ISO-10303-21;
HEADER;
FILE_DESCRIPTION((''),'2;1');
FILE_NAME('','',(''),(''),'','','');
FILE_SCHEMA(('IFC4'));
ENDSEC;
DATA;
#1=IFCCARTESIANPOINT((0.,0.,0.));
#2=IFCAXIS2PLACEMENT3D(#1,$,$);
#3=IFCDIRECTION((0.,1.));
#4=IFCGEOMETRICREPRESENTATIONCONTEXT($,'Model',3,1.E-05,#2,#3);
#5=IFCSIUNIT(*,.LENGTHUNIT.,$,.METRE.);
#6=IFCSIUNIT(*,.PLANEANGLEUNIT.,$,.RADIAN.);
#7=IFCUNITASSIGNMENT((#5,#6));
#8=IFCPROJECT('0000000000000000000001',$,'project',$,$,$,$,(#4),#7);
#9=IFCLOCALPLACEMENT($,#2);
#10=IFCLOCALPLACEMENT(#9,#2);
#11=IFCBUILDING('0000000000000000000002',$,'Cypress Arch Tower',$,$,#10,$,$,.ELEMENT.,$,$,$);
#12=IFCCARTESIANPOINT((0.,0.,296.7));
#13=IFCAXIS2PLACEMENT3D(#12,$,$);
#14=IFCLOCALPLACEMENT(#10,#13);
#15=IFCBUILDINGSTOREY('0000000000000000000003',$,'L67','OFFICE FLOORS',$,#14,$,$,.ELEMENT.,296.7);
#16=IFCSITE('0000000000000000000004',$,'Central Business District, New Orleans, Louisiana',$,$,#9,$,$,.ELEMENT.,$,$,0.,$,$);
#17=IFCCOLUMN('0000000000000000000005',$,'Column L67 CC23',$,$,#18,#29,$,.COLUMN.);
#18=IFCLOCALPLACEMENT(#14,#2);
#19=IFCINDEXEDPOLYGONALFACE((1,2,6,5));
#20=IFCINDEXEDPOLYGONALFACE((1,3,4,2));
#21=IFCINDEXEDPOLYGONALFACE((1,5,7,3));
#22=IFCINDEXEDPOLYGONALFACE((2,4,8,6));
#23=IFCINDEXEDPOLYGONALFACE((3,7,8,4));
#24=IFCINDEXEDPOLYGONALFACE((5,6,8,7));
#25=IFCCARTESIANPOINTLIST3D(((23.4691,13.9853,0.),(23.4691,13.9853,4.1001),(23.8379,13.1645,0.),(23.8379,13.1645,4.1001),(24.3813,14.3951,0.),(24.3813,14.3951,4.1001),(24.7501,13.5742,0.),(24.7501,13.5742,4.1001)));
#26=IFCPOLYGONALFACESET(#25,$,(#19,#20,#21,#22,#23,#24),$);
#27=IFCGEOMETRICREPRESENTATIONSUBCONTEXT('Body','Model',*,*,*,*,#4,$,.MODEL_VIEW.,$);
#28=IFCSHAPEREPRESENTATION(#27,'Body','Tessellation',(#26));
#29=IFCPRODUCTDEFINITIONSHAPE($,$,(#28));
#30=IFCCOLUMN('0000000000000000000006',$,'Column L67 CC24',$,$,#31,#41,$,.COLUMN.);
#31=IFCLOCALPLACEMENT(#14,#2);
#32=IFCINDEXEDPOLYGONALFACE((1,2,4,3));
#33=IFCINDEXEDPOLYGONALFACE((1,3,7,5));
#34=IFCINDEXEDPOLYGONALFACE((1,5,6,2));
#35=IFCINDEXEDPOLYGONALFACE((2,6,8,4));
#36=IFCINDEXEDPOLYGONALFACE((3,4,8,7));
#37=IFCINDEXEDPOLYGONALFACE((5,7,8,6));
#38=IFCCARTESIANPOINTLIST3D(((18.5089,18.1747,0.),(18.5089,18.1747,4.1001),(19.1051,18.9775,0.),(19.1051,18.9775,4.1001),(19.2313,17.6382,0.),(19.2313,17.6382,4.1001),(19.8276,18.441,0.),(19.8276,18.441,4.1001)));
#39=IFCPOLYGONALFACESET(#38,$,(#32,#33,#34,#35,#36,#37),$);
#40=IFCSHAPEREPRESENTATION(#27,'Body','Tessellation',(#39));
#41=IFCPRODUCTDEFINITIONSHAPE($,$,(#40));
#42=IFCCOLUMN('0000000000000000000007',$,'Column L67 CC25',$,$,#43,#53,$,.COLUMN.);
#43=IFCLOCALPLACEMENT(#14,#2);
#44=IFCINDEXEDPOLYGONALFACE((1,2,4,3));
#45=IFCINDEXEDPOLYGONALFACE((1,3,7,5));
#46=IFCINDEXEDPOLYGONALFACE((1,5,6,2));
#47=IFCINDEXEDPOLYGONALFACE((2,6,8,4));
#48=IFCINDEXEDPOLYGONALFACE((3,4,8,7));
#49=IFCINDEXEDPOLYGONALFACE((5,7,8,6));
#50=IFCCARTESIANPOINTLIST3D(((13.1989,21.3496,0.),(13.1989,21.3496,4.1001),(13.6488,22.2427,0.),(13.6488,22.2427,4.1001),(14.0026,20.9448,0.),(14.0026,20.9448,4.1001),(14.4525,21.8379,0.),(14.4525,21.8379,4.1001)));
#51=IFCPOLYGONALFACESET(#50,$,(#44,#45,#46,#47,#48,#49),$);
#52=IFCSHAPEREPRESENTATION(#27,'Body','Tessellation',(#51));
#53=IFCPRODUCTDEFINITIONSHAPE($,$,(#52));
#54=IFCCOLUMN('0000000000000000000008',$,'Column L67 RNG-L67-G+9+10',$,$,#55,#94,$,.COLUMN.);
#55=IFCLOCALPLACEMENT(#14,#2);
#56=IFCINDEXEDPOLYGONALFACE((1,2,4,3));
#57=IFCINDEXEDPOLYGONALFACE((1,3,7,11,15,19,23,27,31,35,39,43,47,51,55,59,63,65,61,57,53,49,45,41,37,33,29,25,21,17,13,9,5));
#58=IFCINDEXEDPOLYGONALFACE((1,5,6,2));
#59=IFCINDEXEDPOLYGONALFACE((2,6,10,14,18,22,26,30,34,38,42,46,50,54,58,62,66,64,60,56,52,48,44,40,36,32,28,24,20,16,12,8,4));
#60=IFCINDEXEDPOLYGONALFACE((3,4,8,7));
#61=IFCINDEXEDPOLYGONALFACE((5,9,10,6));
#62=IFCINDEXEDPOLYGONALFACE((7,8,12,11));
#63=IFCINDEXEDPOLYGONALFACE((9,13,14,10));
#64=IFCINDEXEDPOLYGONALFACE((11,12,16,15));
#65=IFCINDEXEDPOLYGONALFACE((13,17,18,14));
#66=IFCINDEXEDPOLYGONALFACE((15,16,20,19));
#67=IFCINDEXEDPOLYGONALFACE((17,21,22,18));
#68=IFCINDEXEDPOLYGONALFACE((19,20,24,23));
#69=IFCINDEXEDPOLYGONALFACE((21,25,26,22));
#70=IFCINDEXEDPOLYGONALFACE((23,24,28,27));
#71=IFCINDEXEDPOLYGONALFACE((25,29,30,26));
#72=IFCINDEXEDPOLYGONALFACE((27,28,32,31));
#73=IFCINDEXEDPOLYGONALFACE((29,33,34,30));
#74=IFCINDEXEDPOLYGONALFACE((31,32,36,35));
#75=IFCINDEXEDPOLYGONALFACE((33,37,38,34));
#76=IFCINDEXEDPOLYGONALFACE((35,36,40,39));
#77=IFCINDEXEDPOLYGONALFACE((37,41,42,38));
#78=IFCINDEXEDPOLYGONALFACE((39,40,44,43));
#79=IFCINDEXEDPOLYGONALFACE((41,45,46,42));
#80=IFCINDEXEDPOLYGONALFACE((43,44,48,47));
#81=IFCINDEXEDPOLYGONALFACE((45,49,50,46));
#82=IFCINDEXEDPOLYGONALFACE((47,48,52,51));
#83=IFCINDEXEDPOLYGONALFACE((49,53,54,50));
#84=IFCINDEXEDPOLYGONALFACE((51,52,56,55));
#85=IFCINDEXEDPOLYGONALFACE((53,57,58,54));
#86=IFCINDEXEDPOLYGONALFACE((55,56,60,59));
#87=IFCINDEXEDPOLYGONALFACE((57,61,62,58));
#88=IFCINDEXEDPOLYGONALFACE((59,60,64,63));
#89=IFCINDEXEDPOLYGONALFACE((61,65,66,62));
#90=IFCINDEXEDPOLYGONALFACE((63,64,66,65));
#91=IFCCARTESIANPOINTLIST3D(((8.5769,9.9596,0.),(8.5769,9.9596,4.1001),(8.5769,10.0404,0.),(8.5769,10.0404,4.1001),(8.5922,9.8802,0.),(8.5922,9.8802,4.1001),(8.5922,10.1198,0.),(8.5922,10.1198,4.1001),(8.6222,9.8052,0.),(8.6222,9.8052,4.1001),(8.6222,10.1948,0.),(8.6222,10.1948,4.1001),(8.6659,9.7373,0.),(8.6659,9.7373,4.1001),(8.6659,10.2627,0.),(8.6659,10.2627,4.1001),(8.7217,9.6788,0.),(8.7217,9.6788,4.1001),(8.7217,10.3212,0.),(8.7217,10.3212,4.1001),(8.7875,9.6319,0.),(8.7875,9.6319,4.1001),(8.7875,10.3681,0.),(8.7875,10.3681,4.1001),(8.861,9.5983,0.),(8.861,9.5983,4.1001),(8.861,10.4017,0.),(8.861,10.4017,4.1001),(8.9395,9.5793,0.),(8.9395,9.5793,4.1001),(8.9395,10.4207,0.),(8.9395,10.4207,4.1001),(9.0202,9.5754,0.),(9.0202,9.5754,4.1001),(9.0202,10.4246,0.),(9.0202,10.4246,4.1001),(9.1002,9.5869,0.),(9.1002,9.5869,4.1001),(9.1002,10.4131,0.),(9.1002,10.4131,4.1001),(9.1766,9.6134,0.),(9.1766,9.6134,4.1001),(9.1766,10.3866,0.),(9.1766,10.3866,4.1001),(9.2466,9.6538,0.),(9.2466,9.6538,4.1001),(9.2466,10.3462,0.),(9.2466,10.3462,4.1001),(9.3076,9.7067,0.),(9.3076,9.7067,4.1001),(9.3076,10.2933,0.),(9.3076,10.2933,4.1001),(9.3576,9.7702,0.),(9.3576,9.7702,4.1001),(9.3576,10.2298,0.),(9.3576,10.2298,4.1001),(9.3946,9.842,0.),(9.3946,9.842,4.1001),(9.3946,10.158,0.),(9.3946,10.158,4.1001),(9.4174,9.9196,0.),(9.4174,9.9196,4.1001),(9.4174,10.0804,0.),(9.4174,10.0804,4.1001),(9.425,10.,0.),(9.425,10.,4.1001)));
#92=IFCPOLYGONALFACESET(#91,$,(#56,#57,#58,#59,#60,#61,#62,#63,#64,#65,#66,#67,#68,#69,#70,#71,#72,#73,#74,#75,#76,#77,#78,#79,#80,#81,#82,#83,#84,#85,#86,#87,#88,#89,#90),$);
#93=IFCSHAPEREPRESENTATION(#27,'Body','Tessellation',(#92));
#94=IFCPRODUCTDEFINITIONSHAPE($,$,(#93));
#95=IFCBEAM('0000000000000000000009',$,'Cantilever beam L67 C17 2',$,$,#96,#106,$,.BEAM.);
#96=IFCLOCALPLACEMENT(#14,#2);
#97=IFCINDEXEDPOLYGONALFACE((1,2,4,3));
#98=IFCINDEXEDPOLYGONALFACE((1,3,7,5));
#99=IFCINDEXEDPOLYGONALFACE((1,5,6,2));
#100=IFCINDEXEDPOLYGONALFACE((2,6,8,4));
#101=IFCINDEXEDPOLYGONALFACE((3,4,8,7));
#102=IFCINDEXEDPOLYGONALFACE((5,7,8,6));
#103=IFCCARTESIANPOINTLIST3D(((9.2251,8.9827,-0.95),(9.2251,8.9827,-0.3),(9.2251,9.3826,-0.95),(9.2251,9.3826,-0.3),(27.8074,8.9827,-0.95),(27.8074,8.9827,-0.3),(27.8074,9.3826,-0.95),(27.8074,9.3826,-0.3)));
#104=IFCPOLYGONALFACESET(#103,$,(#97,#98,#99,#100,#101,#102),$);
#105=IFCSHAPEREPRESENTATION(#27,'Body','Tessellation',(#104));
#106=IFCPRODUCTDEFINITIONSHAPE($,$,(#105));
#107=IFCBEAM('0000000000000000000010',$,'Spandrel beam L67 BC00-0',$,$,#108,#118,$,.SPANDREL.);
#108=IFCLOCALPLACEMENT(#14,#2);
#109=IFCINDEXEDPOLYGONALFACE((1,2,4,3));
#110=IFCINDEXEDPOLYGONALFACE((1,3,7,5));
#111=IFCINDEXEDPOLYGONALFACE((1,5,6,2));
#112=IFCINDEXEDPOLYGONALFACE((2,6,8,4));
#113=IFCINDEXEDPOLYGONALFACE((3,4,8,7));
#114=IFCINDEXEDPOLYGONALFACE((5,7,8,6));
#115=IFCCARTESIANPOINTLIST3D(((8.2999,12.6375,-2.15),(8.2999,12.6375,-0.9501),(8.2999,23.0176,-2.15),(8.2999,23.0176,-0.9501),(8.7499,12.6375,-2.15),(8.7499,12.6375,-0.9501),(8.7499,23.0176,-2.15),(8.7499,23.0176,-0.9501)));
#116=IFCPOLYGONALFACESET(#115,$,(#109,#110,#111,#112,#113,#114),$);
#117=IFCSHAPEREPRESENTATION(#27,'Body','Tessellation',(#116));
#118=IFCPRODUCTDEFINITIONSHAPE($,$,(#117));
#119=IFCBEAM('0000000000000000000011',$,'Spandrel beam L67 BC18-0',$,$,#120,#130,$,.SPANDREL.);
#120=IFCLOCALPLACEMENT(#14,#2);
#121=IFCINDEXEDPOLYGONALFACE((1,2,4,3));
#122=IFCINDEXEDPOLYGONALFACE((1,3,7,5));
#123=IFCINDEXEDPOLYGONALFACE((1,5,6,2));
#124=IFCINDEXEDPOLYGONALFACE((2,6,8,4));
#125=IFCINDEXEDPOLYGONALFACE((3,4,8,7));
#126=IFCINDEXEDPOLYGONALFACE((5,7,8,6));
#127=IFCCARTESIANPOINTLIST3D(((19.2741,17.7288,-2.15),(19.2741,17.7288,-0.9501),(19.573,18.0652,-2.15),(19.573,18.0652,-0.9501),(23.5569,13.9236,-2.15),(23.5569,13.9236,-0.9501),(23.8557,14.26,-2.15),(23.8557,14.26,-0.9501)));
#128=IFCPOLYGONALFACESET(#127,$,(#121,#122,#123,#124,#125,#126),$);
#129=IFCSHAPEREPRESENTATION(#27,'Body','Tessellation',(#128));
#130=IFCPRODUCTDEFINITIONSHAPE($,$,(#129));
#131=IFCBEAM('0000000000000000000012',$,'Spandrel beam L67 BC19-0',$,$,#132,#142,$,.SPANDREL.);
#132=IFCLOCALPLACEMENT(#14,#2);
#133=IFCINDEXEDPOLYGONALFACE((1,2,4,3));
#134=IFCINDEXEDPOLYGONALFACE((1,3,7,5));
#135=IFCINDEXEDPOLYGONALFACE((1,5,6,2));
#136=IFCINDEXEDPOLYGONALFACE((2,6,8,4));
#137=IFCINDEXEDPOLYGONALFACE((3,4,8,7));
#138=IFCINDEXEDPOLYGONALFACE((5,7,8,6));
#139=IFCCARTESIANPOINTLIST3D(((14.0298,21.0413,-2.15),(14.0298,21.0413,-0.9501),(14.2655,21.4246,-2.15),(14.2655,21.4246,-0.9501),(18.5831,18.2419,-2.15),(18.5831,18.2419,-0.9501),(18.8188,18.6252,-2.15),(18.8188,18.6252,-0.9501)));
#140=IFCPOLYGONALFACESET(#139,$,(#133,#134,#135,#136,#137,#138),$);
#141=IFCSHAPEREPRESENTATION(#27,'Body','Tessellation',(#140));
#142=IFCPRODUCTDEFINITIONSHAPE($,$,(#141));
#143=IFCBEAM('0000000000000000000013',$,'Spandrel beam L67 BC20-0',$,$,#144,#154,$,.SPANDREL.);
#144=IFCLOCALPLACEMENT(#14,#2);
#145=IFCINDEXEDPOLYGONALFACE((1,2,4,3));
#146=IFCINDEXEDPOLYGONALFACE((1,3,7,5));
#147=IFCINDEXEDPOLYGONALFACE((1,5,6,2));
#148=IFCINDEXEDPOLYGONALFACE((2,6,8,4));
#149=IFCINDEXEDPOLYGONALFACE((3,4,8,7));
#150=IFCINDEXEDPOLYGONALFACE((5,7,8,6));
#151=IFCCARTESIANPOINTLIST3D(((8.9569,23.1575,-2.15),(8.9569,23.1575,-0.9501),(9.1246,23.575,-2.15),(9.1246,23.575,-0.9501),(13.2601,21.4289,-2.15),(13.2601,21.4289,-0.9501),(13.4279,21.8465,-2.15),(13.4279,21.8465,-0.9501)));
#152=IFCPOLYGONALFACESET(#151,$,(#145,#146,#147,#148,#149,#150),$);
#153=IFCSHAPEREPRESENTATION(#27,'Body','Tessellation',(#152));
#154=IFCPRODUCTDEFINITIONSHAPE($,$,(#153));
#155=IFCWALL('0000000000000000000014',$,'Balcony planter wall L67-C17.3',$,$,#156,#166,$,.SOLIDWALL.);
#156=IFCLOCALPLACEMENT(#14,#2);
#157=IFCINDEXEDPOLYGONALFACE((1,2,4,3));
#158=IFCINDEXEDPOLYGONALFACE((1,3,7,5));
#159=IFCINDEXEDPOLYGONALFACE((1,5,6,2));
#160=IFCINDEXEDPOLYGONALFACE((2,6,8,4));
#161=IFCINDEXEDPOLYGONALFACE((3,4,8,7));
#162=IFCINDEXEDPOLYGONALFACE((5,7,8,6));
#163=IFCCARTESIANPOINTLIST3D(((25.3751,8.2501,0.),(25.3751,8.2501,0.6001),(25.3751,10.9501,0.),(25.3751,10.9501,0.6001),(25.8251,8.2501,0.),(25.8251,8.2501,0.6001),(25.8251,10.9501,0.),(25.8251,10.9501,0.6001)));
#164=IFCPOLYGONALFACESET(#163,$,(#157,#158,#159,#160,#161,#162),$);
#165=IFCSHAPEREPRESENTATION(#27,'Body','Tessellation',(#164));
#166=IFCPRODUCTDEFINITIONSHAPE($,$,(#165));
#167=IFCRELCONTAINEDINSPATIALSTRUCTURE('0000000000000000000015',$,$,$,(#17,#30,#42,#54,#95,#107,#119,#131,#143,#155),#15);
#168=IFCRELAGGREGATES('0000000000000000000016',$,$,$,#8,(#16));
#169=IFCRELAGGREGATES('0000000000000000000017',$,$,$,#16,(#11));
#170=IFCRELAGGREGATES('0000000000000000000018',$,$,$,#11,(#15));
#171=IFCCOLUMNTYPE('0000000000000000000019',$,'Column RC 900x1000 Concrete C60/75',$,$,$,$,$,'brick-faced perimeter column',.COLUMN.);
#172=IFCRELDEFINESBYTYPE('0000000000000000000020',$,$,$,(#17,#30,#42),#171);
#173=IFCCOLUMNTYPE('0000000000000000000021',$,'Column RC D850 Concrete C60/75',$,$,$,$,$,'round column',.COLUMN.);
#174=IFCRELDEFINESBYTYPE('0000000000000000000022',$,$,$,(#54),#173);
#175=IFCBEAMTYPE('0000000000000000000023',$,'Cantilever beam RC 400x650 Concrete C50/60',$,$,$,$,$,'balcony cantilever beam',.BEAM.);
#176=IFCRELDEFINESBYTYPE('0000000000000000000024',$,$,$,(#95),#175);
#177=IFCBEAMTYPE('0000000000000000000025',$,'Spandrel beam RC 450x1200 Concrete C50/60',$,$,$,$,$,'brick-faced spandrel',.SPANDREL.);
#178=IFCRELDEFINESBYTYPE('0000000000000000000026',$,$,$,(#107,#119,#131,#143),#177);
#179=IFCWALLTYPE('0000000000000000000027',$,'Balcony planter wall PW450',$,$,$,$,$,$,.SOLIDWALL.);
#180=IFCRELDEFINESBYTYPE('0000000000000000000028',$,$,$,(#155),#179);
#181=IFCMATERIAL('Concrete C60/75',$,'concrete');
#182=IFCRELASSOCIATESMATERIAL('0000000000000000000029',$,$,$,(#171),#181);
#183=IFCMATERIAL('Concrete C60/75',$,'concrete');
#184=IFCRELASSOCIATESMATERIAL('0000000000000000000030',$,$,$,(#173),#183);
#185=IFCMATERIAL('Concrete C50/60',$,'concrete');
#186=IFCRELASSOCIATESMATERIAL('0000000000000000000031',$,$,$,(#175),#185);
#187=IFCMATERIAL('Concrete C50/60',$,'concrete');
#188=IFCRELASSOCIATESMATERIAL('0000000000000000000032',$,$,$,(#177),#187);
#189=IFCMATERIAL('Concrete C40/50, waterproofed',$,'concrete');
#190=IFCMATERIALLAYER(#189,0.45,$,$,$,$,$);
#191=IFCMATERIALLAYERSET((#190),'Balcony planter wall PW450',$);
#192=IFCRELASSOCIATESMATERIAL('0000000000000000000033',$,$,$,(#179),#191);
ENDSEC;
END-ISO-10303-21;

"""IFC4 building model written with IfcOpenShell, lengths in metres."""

from ifc_helpers import new_model, si_unit, direction, frame, frame_2d, origin, origin_2d, place, context, subcontext, project, spatial, rectangle, circle, extrude, material, layer, layer_set, material_profile, profile_set, type_object, element, save


model = new_model("IFC4")

# Units and contexts
model_context = context("Model", 3, precision=1e-05, world=origin(), true_north=direction((0.0, 1.0)))
body_context = subcontext(model_context, "Body", "Model", "MODEL_VIEW")
ifc_project = project(units=[si_unit("LENGTHUNIT", "METRE"), si_unit("PLANEANGLEUNIT", "RADIAN")], contexts=[model_context])

# Site, building, storey
site_placement = place(None, origin())
site = spatial("IfcSite", under=ifc_project, at=site_placement, Name="Central Business District, New Orleans, Louisiana", CompositionType="ELEMENT", RefElevation=0.0)
building_placement = place(site_placement, origin())
building = spatial("IfcBuilding", under=site, at=building_placement, Name="Cypress Arch Tower", CompositionType="ELEMENT")
storey_placement = place(building_placement, frame((0.0, 0.0, 296.7)))
storey = spatial("IfcBuildingStorey", under=building, at=storey_placement, Name="L67", Description="OFFICE FLOORS", CompositionType="ELEMENT", Elevation=296.7)

# Columns
ifc_material_1 = material(Name="Concrete C60/75", Category="concrete")
ifc_material_profile_1 = material_profile(ifc_material_1, rectangle(XDim=0.8999, YDim=1.0, at=origin_2d()), Name="RC 900x1000")
ifc_profile_set_1 = profile_set([ifc_material_profile_1], Name="Concrete C60/75")
column_type_1 = type_object("IfcColumnType", Name="Column RC 900x1000 Concrete C60/75", ElementType="brick-faced perimeter column", PredefinedType="COLUMN", material=ifc_profile_set_1)
for number, where, z_axis, x_axis, name in (
    (1, (24.1096, 13.7798, 0.0), (0.0, 0.0, 1.0), (-0.409765, 0.912191, 0.0), "Column L67 CC23"),
    (2, (19.1682, 18.3079, 0.0), (0.0, 0.0, 1.0), (-0.802799, 0.59625, 0.0), "Column L67 CC24"),
    (3, (13.8257, 21.5938, 0.0), (0.0, 0.0, 1.0), (-0.893106, 0.449845, 0.0), "Column L67 CC25"),
):
    element("IfcColumn", number, at=place(storey_placement, frame(where, z_axis=z_axis, x_axis=x_axis)), inside=storey, type_object=column_type_1, Name=name, PredefinedType="COLUMN", context=body_context, shape_type="SweptSolid", body=[
        extrude(rectangle(XDim=0.8999, YDim=1.0, at=origin_2d()), origin(), (0.0, 0.0, 1.0), 4.1001),
    ])
ifc_material_2 = material(Name="Concrete C60/75", Category="concrete")
ifc_material_profile_2 = material_profile(ifc_material_2, circle(Radius=0.425, at=origin_2d()), Name="RC D850")
ifc_profile_set_2 = profile_set([ifc_material_profile_2], Name="Concrete C60/75")
column_type_2 = type_object("IfcColumnType", Name="Column RC D850 Concrete C60/75", ElementType="round column", PredefinedType="COLUMN", material=ifc_profile_set_2)
column_placement = place(storey_placement, frame((9.0, 10.0, 0.0), z_axis=(0.0, 0.0, 1.0), x_axis=(1.0, 0.0, 0.0)))
element("IfcColumn", 4, at=column_placement, inside=storey, type_object=column_type_2, Name="Column L67 RNG-L67-G+9+10", PredefinedType="COLUMN", context=body_context, shape_type="SweptSolid", body=[
    extrude(circle(Radius=0.425, at=origin_2d()), origin(), (0.0, 0.0, 1.0), 4.1001),
])

# Beams
ifc_material_3 = material(Name="Concrete C50/60", Category="concrete")
ifc_material_profile_3 = material_profile(ifc_material_3, rectangle(XDim=0.3999, YDim=0.6499, at=origin_2d()), Name="RC 400x650")
ifc_profile_set_3 = profile_set([ifc_material_profile_3], Name="Concrete C50/60")
beam_type_1 = type_object("IfcBeamType", Name="Cantilever beam RC 400x650 Concrete C50/60", ElementType="balcony cantilever beam", PredefinedType="BEAM", material=ifc_profile_set_3)
beam_1_placement = place(storey_placement, frame((9.2251, 9.1826, -0.625), z_axis=(1.0, 0.0, 0.0), x_axis=(0.0, 1.0, 0.0)))
element("IfcBeam", 5, at=beam_1_placement, inside=storey, type_object=beam_type_1, Name="Cantilever beam L67 C17 2", PredefinedType="BEAM", context=body_context, shape_type="SweptSolid", body=[
    extrude(rectangle(XDim=0.3999, YDim=0.6499, at=origin_2d()), origin(), (0.0, 0.0, 1.0), 18.5823),
])
ifc_material_4 = material(Name="Concrete C50/60", Category="concrete")
ifc_material_profile_4 = material_profile(ifc_material_4, rectangle(XDim=0.45, YDim=1.2, at=origin_2d()), Name="RC 450x1200")
ifc_profile_set_4 = profile_set([ifc_material_profile_4], Name="Concrete C50/60")
beam_type_2 = type_object("IfcBeamType", Name="Spandrel beam RC 450x1200 Concrete C50/60", ElementType="brick-faced spandrel", PredefinedType="SPANDREL", material=ifc_profile_set_4)
beam_2_placement = place(storey_placement, frame((8.5249, 23.0176, -1.55), z_axis=(0.0, -1.0, 0.0), x_axis=(1.0, 0.0, 0.0)))
element("IfcBeam", 6, at=beam_2_placement, inside=storey, type_object=beam_type_2, Name="Spandrel beam L67 BC00-0", PredefinedType="SPANDREL", context=body_context, shape_type="SweptSolid", body=[
    extrude(rectangle(XDim=0.45, YDim=1.2, at=origin_2d()), origin(), (0.0, 0.0, 1.0), 10.3801),
])
beam_3_placement = place(storey_placement, frame((23.7063, 14.0918, -1.55), z_axis=(-0.747555, 0.6642, 0.0), x_axis=(-0.6642, -0.747555, 0.0)))
element("IfcBeam", 7, at=beam_3_placement, inside=storey, type_object=beam_type_2, Name="Spandrel beam L67 BC18-0", PredefinedType="SPANDREL", context=body_context, shape_type="SweptSolid", body=[
    extrude(rectangle(XDim=0.45, YDim=1.2, at=origin_2d()), origin(), (0.0, 0.0, 1.0), 5.729),
])
beam_4_placement = place(storey_placement, frame((18.7009, 18.4336, -1.55), z_axis=(-0.851881, 0.523735, 0.0), x_axis=(-0.523735, -0.851881, 0.0)))
element("IfcBeam", 8, at=beam_4_placement, inside=storey, type_object=beam_type_2, Name="Spandrel beam L67 BC19-0", PredefinedType="SPANDREL", context=body_context, shape_type="SweptSolid", body=[
    extrude(rectangle(XDim=0.45, YDim=1.2, at=origin_2d()), origin(), (0.0, 0.0, 1.0), 5.345),
])
beam_5_placement = place(storey_placement, frame((13.344, 21.6377, -1.55), z_axis=(-0.927938, 0.372734, 0.0), x_axis=(-0.372734, -0.927938, 0.0)))
element("IfcBeam", 9, at=beam_5_placement, inside=storey, type_object=beam_type_2, Name="Spandrel beam L67 BC20-0", PredefinedType="SPANDREL", context=body_context, shape_type="SweptSolid", body=[
    extrude(rectangle(XDim=0.45, YDim=1.2, at=origin_2d()), origin(), (0.0, 0.0, 1.0), 4.6375),
])

# Wall
ifc_material_5 = material(Name="Concrete C40/50, waterproofed", Category="concrete")
ifc_layer_1 = layer(ifc_material_5, 0.45)
ifc_layer_set_1 = layer_set([ifc_layer_1], Name="Balcony planter wall PW450")
wall_type_1 = type_object("IfcWallType", Name="Balcony planter wall PW450", PredefinedType="SOLIDWALL", material=ifc_layer_set_1)
wall_1_placement = place(storey_placement, frame((25.6001, 8.25, 0.0), z_axis=(0.0, 0.0, 1.0), x_axis=(0.0, 1.0, 0.0)))
element("IfcWall", 10, at=wall_1_placement, inside=storey, type_object=wall_type_1, Name="Balcony planter wall L67-C17.3", PredefinedType="SOLIDWALL", context=body_context, shape_type="SweptSolid", body=[
    extrude(rectangle(XDim=2.7, YDim=0.45, at=frame_2d((1.3501, 0.0))), origin(), (0.0, 0.0, 1.0), 0.6001),
])

save(model, "model.ifc")
